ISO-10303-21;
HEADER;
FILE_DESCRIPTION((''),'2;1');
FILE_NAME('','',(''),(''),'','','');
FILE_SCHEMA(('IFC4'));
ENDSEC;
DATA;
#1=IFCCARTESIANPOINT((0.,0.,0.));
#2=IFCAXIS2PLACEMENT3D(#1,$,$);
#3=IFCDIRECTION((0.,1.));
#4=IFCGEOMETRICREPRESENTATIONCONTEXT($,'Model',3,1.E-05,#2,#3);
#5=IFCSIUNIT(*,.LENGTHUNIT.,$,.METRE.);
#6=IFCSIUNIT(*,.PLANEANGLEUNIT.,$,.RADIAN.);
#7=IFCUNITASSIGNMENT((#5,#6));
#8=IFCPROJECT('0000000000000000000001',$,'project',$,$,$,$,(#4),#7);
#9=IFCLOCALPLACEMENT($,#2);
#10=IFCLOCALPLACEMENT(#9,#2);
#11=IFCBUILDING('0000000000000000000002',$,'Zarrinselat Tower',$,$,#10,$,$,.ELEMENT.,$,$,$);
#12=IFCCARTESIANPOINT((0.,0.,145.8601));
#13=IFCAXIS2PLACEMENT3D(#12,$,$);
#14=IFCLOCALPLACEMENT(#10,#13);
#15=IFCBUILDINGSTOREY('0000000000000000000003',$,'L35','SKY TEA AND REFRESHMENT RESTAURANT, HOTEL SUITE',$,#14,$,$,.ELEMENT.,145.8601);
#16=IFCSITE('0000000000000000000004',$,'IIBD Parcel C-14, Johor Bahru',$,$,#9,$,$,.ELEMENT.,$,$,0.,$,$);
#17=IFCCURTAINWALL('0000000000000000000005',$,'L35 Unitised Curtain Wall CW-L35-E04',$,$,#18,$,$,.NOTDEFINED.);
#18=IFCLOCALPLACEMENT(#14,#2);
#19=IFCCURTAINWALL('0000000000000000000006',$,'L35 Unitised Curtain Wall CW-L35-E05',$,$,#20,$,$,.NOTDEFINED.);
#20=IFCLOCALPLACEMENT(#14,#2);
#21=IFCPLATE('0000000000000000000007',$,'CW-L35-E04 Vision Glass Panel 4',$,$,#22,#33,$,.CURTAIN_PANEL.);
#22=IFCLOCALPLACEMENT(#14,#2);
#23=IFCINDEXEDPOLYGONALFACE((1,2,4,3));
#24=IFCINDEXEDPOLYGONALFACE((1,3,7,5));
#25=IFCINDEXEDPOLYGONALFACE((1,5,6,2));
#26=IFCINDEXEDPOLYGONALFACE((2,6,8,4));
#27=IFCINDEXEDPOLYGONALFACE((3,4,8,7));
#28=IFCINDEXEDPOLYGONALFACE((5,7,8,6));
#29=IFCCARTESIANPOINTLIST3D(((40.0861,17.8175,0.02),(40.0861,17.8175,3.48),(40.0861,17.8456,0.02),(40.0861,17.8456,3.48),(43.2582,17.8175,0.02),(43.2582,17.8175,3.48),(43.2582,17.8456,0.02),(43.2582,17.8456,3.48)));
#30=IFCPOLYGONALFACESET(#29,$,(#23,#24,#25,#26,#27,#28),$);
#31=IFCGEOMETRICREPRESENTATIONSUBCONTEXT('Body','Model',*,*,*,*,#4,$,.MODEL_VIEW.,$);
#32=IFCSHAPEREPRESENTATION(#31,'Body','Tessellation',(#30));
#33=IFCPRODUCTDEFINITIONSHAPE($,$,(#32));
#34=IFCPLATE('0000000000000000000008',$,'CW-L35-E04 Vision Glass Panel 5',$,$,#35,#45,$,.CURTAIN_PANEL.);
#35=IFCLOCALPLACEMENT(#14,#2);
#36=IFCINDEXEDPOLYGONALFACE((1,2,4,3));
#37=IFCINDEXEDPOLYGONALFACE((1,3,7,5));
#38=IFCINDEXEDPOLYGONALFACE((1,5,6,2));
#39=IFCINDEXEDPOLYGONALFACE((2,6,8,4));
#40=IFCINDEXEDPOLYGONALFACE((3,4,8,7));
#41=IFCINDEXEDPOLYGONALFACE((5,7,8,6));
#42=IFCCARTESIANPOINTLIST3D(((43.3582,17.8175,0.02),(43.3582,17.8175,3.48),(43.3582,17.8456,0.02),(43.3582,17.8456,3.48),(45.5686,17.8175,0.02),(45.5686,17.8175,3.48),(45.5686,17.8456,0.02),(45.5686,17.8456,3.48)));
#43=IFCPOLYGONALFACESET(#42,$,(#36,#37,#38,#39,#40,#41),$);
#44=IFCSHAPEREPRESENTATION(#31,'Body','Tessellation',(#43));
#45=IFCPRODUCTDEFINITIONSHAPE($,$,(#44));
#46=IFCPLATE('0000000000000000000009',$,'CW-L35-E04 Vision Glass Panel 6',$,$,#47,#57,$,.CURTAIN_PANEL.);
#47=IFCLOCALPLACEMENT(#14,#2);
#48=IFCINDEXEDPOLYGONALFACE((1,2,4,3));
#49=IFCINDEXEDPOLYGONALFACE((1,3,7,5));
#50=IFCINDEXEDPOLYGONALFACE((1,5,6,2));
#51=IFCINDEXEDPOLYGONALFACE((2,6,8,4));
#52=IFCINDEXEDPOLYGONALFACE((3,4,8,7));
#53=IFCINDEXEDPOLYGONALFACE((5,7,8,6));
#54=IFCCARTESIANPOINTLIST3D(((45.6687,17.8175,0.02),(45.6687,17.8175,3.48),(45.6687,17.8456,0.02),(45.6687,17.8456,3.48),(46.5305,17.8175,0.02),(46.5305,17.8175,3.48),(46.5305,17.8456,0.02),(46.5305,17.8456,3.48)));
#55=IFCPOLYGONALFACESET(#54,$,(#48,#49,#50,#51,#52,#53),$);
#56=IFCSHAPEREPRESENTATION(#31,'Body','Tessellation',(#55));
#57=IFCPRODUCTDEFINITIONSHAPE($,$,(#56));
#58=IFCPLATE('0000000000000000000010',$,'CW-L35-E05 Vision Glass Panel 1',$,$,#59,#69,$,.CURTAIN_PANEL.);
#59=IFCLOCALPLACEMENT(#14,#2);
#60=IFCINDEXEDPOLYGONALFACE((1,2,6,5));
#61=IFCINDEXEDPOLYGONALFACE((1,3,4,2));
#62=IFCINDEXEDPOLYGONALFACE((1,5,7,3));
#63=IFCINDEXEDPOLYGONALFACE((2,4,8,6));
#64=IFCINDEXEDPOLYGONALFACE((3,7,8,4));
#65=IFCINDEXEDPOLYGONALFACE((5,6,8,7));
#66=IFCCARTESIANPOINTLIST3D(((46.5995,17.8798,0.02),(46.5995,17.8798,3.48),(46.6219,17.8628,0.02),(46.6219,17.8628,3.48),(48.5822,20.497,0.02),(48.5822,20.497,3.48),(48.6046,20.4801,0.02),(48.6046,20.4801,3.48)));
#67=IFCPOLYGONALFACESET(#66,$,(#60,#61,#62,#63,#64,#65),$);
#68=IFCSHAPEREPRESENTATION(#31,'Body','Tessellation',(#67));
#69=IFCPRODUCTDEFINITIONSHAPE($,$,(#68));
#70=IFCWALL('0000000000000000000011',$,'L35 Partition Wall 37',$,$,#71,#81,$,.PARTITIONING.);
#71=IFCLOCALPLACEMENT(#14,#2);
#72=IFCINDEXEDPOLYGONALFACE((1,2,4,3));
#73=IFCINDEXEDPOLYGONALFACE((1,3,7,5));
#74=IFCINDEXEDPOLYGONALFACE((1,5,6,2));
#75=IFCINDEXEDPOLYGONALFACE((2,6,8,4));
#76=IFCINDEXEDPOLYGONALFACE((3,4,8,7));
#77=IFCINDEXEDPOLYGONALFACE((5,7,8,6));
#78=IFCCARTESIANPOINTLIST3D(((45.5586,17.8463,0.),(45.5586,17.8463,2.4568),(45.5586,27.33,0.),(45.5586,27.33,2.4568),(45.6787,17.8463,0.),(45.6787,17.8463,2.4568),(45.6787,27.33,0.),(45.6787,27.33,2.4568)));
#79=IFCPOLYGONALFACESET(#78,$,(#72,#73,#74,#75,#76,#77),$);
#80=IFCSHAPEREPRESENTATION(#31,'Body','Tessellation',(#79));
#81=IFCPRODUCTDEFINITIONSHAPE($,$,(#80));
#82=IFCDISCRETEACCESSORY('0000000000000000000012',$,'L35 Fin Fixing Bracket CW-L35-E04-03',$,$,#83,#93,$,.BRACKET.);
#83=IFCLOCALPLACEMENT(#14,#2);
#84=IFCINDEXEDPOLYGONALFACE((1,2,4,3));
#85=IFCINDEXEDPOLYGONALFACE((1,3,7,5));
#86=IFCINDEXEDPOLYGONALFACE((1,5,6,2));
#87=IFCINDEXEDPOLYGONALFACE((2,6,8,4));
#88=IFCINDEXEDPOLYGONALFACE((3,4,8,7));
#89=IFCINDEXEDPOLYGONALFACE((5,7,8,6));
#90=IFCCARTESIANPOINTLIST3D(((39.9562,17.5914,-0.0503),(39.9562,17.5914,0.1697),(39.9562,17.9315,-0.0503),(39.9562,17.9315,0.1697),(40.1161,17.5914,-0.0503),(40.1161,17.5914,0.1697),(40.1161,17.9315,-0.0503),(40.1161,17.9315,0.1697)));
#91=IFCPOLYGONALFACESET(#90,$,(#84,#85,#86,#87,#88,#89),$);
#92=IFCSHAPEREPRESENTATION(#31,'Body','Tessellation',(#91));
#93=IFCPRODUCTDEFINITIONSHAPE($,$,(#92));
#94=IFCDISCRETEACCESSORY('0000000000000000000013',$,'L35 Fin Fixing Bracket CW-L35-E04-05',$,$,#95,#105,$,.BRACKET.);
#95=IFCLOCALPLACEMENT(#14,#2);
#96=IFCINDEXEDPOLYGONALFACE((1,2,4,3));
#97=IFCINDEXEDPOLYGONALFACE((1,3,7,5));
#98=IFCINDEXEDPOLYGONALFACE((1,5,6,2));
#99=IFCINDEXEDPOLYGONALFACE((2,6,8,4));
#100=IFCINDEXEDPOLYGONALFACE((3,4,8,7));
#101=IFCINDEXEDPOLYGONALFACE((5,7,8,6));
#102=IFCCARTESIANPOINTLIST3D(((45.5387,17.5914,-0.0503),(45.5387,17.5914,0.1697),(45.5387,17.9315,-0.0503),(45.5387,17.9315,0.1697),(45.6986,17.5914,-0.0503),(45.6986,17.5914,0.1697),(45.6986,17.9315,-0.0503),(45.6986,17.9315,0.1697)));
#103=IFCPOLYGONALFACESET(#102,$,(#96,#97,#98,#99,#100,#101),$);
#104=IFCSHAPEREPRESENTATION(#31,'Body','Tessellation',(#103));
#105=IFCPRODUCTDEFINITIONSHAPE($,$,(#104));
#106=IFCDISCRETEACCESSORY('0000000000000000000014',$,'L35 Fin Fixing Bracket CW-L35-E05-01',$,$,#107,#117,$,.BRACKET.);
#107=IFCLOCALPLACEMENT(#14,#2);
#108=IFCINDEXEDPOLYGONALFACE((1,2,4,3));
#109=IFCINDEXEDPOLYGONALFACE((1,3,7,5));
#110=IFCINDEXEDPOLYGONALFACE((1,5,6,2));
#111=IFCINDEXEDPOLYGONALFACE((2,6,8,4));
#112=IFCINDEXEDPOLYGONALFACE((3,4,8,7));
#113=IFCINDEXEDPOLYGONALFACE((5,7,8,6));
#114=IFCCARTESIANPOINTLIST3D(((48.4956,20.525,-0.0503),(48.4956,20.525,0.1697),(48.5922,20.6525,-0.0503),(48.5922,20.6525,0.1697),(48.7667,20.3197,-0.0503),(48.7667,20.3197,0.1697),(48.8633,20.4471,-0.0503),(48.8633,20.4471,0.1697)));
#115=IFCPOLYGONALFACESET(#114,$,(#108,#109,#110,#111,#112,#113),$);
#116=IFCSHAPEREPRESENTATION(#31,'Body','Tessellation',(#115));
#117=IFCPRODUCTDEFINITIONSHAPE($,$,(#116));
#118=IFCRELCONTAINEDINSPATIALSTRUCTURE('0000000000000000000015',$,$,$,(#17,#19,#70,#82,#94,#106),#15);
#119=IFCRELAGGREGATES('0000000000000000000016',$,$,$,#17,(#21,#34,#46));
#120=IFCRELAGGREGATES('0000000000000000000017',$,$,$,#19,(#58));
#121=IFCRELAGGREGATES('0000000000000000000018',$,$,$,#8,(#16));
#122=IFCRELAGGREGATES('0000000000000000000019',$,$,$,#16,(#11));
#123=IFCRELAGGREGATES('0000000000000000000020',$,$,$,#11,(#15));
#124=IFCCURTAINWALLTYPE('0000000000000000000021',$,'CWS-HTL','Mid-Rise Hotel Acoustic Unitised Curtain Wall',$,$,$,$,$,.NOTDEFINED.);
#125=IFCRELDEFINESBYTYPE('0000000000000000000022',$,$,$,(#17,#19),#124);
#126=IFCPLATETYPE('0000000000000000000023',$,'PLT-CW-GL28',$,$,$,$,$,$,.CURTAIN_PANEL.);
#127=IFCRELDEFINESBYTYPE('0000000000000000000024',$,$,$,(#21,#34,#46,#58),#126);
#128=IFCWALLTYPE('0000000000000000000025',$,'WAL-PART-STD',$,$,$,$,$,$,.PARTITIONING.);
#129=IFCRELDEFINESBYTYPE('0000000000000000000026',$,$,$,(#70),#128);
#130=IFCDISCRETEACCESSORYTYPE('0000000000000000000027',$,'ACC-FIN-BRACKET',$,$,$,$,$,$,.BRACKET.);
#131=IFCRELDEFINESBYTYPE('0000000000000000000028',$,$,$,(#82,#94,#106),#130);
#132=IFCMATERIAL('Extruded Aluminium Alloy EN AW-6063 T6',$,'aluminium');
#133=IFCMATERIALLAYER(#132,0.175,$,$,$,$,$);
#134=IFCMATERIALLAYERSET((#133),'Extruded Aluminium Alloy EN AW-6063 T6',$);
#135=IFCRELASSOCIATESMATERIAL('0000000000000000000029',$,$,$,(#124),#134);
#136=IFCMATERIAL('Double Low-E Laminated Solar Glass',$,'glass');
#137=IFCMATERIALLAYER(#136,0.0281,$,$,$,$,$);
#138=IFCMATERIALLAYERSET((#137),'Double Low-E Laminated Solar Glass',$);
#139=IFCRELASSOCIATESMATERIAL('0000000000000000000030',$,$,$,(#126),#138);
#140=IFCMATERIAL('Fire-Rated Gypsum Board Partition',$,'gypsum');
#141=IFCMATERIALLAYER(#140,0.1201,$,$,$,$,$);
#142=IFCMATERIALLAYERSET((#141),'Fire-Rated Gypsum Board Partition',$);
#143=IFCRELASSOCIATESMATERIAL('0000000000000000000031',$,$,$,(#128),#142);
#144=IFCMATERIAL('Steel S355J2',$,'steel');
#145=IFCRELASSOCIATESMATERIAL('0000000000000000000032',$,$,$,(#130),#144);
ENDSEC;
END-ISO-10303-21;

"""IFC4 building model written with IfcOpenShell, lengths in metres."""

from ifc_helpers import new_model, si_unit, direction, frame, frame_2d, origin, origin_2d, place, context, subcontext, project, spatial, rectangle, extrude, material, layer, layer_set, type_object, element, aggregate, save


model = new_model("IFC4")

# Units and contexts
model_context = context("Model", 3, precision=1e-05, world=origin(), true_north=direction((0.0, 1.0)))
body_context = subcontext(model_context, "Body", "Model", "MODEL_VIEW")
ifc_project = project(units=[si_unit("LENGTHUNIT", "METRE"), si_unit("PLANEANGLEUNIT", "RADIAN")], contexts=[model_context])

# Site, building, storey
site_placement = place(None, origin())
site = spatial("IfcSite", under=ifc_project, at=site_placement, Name="IIBD Parcel C-14, Johor Bahru", CompositionType="ELEMENT", RefElevation=0.0)
building_placement = place(site_placement, origin())
building = spatial("IfcBuilding", under=site, at=building_placement, Name="Zarrinselat Tower", CompositionType="ELEMENT")
storey_placement = place(building_placement, frame((0.0, 0.0, 145.8601)))
storey = spatial("IfcBuildingStorey", under=building, at=storey_placement, Name="L35", Description="SKY TEA AND REFRESHMENT RESTAURANT, HOTEL SUITE", CompositionType="ELEMENT", Elevation=145.8601)

# Curtain walls
ifc_material_1 = material(Name="Extruded Aluminium Alloy EN AW-6063 T6", Category="aluminium")
ifc_layer_1 = layer(ifc_material_1, 0.175)
ifc_layer_set_1 = layer_set([ifc_layer_1], Name="Extruded Aluminium Alloy EN AW-6063 T6")
curtain_wall_type = type_object("IfcCurtainWallType", Name="CWS-HTL", Description="Mid-Rise Hotel Acoustic Unitised Curtain Wall", PredefinedType="NOTDEFINED", material=ifc_layer_set_1)
curtain_wall_1_placement = place(storey_placement, origin())
curtain_wall_1 = element("IfcCurtainWall", 1, at=curtain_wall_1_placement, inside=storey, type_object=curtain_wall_type, Name="L35 Unitised Curtain Wall CW-L35-E04", PredefinedType="NOTDEFINED")
curtain_wall_2_placement = place(storey_placement, origin())
curtain_wall_2 = element("IfcCurtainWall", 2, at=curtain_wall_2_placement, inside=storey, type_object=curtain_wall_type, Name="L35 Unitised Curtain Wall CW-L35-E05", PredefinedType="NOTDEFINED")

# Plates
ifc_material_2 = material(Name="Double Low-E Laminated Solar Glass", Category="glass")
ifc_layer_2 = layer(ifc_material_2, 0.0281)
ifc_layer_set_2 = layer_set([ifc_layer_2], Name="Double Low-E Laminated Solar Glass")
plate_type = type_object("IfcPlateType", Name="PLT-CW-GL28", PredefinedType="CURTAIN_PANEL", material=ifc_layer_set_2)
plate_1_placement = place(storey_placement, frame((41.6721, 17.8315, 0.02), z_axis=(0.0, 0.0, 1.0), x_axis=(1.0, 0.0, 0.0)))
plate_1 = element("IfcPlate", 3, at=plate_1_placement, type_object=plate_type, Name="CW-L35-E04 Vision Glass Panel 4", PredefinedType="CURTAIN_PANEL", context=body_context, shape_type="SweptSolid", body=[
    extrude(rectangle(XDim=3.1721, YDim=0.0281, at=origin_2d()), origin(), (0.0, 0.0, 1.0), 3.46),
])
plate_2_placement = place(storey_placement, frame((44.4634, 17.8315, 0.02), z_axis=(0.0, 0.0, 1.0), x_axis=(1.0, 0.0, 0.0)))
plate_2 = element("IfcPlate", 4, at=plate_2_placement, type_object=plate_type, Name="CW-L35-E04 Vision Glass Panel 5", PredefinedType="CURTAIN_PANEL", context=body_context, shape_type="SweptSolid", body=[
    extrude(rectangle(XDim=2.2104, YDim=0.0281, at=origin_2d()), origin(), (0.0, 0.0, 1.0), 3.46),
])
plate_3_placement = place(storey_placement, frame((46.0996, 17.8315, 0.02), z_axis=(0.0, 0.0, 1.0), x_axis=(1.0, 0.0, 0.0)))
plate_3 = element("IfcPlate", 5, at=plate_3_placement, type_object=plate_type, Name="CW-L35-E04 Vision Glass Panel 6", PredefinedType="CURTAIN_PANEL", context=body_context, shape_type="SweptSolid", body=[
    extrude(rectangle(XDim=0.8618, YDim=0.0281, at=origin_2d()), origin(), (0.0, 0.0, 1.0), 3.46),
])
aggregate(curtain_wall_1, [plate_1, plate_2, plate_3])
plate_4_placement = place(storey_placement, frame((47.6021, 19.1799, 0.02), z_axis=(0.0, 0.0, 1.0), x_axis=(0.603858, 0.797092, 0.0)))
plate_4 = element("IfcPlate", 6, at=plate_4_placement, type_object=plate_type, Name="CW-L35-E05 Vision Glass Panel 1", PredefinedType="CURTAIN_PANEL", context=body_context, shape_type="SweptSolid", body=[
    extrude(rectangle(XDim=3.2834, YDim=0.0281, at=origin_2d()), origin(), (0.0, 0.0, 1.0), 3.46),
])
aggregate(curtain_wall_2, [plate_4])

# Wall
ifc_material_3 = material(Name="Fire-Rated Gypsum Board Partition", Category="gypsum")
ifc_layer_3 = layer(ifc_material_3, 0.1201)
ifc_layer_set_3 = layer_set([ifc_layer_3], Name="Fire-Rated Gypsum Board Partition")
wall_type = type_object("IfcWallType", Name="WAL-PART-STD", PredefinedType="PARTITIONING", material=ifc_layer_set_3)
wall_placement = place(storey_placement, frame((45.6187, 17.8464, 0.0), z_axis=(0.0, 0.0, 1.0), x_axis=(0.0, 1.0, 0.0)))
element("IfcWall", 7, at=wall_placement, inside=storey, type_object=wall_type, Name="L35 Partition Wall 37", PredefinedType="PARTITIONING", context=body_context, shape_type="SweptSolid", body=[
    extrude(rectangle(XDim=9.4836, YDim=0.1201, at=frame_2d((4.7417, 0.0))), origin(), (0.0, 0.0, 1.0), 2.4568),
])

# Discrete accessories
ifc_material_4 = material(Name="Steel S355J2", Category="steel")
discrete_accessory_type = type_object("IfcDiscreteAccessoryType", Name="ACC-FIN-BRACKET", PredefinedType="BRACKET", material=ifc_material_4)
for number, where, z_axis, x_axis, name in (
    (8, (40.0361, 17.7615, -0.0503), (0.0, 0.0, 1.0), (0.0, -1.0, 0.0), "L35 Fin Fixing Bracket CW-L35-E04-03"),
    (9, (45.6187, 17.7615, -0.0503), (0.0, 0.0, 1.0), (0.0, -1.0, 0.0), "L35 Fin Fixing Bracket CW-L35-E04-05"),
    (10, (48.6794, 20.4861, -0.0503), (0.0, 0.0, 1.0), (0.797092, -0.603858, 0.0), "L35 Fin Fixing Bracket CW-L35-E05-01"),
):
    element("IfcDiscreteAccessory", number, at=place(storey_placement, frame(where, z_axis=z_axis, x_axis=x_axis)), inside=storey, type_object=discrete_accessory_type, Name=name, PredefinedType="BRACKET", context=body_context, shape_type="SweptSolid", body=[
        extrude(rectangle(XDim=0.3401, YDim=0.1599, at=origin_2d()), origin(), (0.0, 0.0, 1.0), 0.22),
    ])

save(model, "model.ifc")
